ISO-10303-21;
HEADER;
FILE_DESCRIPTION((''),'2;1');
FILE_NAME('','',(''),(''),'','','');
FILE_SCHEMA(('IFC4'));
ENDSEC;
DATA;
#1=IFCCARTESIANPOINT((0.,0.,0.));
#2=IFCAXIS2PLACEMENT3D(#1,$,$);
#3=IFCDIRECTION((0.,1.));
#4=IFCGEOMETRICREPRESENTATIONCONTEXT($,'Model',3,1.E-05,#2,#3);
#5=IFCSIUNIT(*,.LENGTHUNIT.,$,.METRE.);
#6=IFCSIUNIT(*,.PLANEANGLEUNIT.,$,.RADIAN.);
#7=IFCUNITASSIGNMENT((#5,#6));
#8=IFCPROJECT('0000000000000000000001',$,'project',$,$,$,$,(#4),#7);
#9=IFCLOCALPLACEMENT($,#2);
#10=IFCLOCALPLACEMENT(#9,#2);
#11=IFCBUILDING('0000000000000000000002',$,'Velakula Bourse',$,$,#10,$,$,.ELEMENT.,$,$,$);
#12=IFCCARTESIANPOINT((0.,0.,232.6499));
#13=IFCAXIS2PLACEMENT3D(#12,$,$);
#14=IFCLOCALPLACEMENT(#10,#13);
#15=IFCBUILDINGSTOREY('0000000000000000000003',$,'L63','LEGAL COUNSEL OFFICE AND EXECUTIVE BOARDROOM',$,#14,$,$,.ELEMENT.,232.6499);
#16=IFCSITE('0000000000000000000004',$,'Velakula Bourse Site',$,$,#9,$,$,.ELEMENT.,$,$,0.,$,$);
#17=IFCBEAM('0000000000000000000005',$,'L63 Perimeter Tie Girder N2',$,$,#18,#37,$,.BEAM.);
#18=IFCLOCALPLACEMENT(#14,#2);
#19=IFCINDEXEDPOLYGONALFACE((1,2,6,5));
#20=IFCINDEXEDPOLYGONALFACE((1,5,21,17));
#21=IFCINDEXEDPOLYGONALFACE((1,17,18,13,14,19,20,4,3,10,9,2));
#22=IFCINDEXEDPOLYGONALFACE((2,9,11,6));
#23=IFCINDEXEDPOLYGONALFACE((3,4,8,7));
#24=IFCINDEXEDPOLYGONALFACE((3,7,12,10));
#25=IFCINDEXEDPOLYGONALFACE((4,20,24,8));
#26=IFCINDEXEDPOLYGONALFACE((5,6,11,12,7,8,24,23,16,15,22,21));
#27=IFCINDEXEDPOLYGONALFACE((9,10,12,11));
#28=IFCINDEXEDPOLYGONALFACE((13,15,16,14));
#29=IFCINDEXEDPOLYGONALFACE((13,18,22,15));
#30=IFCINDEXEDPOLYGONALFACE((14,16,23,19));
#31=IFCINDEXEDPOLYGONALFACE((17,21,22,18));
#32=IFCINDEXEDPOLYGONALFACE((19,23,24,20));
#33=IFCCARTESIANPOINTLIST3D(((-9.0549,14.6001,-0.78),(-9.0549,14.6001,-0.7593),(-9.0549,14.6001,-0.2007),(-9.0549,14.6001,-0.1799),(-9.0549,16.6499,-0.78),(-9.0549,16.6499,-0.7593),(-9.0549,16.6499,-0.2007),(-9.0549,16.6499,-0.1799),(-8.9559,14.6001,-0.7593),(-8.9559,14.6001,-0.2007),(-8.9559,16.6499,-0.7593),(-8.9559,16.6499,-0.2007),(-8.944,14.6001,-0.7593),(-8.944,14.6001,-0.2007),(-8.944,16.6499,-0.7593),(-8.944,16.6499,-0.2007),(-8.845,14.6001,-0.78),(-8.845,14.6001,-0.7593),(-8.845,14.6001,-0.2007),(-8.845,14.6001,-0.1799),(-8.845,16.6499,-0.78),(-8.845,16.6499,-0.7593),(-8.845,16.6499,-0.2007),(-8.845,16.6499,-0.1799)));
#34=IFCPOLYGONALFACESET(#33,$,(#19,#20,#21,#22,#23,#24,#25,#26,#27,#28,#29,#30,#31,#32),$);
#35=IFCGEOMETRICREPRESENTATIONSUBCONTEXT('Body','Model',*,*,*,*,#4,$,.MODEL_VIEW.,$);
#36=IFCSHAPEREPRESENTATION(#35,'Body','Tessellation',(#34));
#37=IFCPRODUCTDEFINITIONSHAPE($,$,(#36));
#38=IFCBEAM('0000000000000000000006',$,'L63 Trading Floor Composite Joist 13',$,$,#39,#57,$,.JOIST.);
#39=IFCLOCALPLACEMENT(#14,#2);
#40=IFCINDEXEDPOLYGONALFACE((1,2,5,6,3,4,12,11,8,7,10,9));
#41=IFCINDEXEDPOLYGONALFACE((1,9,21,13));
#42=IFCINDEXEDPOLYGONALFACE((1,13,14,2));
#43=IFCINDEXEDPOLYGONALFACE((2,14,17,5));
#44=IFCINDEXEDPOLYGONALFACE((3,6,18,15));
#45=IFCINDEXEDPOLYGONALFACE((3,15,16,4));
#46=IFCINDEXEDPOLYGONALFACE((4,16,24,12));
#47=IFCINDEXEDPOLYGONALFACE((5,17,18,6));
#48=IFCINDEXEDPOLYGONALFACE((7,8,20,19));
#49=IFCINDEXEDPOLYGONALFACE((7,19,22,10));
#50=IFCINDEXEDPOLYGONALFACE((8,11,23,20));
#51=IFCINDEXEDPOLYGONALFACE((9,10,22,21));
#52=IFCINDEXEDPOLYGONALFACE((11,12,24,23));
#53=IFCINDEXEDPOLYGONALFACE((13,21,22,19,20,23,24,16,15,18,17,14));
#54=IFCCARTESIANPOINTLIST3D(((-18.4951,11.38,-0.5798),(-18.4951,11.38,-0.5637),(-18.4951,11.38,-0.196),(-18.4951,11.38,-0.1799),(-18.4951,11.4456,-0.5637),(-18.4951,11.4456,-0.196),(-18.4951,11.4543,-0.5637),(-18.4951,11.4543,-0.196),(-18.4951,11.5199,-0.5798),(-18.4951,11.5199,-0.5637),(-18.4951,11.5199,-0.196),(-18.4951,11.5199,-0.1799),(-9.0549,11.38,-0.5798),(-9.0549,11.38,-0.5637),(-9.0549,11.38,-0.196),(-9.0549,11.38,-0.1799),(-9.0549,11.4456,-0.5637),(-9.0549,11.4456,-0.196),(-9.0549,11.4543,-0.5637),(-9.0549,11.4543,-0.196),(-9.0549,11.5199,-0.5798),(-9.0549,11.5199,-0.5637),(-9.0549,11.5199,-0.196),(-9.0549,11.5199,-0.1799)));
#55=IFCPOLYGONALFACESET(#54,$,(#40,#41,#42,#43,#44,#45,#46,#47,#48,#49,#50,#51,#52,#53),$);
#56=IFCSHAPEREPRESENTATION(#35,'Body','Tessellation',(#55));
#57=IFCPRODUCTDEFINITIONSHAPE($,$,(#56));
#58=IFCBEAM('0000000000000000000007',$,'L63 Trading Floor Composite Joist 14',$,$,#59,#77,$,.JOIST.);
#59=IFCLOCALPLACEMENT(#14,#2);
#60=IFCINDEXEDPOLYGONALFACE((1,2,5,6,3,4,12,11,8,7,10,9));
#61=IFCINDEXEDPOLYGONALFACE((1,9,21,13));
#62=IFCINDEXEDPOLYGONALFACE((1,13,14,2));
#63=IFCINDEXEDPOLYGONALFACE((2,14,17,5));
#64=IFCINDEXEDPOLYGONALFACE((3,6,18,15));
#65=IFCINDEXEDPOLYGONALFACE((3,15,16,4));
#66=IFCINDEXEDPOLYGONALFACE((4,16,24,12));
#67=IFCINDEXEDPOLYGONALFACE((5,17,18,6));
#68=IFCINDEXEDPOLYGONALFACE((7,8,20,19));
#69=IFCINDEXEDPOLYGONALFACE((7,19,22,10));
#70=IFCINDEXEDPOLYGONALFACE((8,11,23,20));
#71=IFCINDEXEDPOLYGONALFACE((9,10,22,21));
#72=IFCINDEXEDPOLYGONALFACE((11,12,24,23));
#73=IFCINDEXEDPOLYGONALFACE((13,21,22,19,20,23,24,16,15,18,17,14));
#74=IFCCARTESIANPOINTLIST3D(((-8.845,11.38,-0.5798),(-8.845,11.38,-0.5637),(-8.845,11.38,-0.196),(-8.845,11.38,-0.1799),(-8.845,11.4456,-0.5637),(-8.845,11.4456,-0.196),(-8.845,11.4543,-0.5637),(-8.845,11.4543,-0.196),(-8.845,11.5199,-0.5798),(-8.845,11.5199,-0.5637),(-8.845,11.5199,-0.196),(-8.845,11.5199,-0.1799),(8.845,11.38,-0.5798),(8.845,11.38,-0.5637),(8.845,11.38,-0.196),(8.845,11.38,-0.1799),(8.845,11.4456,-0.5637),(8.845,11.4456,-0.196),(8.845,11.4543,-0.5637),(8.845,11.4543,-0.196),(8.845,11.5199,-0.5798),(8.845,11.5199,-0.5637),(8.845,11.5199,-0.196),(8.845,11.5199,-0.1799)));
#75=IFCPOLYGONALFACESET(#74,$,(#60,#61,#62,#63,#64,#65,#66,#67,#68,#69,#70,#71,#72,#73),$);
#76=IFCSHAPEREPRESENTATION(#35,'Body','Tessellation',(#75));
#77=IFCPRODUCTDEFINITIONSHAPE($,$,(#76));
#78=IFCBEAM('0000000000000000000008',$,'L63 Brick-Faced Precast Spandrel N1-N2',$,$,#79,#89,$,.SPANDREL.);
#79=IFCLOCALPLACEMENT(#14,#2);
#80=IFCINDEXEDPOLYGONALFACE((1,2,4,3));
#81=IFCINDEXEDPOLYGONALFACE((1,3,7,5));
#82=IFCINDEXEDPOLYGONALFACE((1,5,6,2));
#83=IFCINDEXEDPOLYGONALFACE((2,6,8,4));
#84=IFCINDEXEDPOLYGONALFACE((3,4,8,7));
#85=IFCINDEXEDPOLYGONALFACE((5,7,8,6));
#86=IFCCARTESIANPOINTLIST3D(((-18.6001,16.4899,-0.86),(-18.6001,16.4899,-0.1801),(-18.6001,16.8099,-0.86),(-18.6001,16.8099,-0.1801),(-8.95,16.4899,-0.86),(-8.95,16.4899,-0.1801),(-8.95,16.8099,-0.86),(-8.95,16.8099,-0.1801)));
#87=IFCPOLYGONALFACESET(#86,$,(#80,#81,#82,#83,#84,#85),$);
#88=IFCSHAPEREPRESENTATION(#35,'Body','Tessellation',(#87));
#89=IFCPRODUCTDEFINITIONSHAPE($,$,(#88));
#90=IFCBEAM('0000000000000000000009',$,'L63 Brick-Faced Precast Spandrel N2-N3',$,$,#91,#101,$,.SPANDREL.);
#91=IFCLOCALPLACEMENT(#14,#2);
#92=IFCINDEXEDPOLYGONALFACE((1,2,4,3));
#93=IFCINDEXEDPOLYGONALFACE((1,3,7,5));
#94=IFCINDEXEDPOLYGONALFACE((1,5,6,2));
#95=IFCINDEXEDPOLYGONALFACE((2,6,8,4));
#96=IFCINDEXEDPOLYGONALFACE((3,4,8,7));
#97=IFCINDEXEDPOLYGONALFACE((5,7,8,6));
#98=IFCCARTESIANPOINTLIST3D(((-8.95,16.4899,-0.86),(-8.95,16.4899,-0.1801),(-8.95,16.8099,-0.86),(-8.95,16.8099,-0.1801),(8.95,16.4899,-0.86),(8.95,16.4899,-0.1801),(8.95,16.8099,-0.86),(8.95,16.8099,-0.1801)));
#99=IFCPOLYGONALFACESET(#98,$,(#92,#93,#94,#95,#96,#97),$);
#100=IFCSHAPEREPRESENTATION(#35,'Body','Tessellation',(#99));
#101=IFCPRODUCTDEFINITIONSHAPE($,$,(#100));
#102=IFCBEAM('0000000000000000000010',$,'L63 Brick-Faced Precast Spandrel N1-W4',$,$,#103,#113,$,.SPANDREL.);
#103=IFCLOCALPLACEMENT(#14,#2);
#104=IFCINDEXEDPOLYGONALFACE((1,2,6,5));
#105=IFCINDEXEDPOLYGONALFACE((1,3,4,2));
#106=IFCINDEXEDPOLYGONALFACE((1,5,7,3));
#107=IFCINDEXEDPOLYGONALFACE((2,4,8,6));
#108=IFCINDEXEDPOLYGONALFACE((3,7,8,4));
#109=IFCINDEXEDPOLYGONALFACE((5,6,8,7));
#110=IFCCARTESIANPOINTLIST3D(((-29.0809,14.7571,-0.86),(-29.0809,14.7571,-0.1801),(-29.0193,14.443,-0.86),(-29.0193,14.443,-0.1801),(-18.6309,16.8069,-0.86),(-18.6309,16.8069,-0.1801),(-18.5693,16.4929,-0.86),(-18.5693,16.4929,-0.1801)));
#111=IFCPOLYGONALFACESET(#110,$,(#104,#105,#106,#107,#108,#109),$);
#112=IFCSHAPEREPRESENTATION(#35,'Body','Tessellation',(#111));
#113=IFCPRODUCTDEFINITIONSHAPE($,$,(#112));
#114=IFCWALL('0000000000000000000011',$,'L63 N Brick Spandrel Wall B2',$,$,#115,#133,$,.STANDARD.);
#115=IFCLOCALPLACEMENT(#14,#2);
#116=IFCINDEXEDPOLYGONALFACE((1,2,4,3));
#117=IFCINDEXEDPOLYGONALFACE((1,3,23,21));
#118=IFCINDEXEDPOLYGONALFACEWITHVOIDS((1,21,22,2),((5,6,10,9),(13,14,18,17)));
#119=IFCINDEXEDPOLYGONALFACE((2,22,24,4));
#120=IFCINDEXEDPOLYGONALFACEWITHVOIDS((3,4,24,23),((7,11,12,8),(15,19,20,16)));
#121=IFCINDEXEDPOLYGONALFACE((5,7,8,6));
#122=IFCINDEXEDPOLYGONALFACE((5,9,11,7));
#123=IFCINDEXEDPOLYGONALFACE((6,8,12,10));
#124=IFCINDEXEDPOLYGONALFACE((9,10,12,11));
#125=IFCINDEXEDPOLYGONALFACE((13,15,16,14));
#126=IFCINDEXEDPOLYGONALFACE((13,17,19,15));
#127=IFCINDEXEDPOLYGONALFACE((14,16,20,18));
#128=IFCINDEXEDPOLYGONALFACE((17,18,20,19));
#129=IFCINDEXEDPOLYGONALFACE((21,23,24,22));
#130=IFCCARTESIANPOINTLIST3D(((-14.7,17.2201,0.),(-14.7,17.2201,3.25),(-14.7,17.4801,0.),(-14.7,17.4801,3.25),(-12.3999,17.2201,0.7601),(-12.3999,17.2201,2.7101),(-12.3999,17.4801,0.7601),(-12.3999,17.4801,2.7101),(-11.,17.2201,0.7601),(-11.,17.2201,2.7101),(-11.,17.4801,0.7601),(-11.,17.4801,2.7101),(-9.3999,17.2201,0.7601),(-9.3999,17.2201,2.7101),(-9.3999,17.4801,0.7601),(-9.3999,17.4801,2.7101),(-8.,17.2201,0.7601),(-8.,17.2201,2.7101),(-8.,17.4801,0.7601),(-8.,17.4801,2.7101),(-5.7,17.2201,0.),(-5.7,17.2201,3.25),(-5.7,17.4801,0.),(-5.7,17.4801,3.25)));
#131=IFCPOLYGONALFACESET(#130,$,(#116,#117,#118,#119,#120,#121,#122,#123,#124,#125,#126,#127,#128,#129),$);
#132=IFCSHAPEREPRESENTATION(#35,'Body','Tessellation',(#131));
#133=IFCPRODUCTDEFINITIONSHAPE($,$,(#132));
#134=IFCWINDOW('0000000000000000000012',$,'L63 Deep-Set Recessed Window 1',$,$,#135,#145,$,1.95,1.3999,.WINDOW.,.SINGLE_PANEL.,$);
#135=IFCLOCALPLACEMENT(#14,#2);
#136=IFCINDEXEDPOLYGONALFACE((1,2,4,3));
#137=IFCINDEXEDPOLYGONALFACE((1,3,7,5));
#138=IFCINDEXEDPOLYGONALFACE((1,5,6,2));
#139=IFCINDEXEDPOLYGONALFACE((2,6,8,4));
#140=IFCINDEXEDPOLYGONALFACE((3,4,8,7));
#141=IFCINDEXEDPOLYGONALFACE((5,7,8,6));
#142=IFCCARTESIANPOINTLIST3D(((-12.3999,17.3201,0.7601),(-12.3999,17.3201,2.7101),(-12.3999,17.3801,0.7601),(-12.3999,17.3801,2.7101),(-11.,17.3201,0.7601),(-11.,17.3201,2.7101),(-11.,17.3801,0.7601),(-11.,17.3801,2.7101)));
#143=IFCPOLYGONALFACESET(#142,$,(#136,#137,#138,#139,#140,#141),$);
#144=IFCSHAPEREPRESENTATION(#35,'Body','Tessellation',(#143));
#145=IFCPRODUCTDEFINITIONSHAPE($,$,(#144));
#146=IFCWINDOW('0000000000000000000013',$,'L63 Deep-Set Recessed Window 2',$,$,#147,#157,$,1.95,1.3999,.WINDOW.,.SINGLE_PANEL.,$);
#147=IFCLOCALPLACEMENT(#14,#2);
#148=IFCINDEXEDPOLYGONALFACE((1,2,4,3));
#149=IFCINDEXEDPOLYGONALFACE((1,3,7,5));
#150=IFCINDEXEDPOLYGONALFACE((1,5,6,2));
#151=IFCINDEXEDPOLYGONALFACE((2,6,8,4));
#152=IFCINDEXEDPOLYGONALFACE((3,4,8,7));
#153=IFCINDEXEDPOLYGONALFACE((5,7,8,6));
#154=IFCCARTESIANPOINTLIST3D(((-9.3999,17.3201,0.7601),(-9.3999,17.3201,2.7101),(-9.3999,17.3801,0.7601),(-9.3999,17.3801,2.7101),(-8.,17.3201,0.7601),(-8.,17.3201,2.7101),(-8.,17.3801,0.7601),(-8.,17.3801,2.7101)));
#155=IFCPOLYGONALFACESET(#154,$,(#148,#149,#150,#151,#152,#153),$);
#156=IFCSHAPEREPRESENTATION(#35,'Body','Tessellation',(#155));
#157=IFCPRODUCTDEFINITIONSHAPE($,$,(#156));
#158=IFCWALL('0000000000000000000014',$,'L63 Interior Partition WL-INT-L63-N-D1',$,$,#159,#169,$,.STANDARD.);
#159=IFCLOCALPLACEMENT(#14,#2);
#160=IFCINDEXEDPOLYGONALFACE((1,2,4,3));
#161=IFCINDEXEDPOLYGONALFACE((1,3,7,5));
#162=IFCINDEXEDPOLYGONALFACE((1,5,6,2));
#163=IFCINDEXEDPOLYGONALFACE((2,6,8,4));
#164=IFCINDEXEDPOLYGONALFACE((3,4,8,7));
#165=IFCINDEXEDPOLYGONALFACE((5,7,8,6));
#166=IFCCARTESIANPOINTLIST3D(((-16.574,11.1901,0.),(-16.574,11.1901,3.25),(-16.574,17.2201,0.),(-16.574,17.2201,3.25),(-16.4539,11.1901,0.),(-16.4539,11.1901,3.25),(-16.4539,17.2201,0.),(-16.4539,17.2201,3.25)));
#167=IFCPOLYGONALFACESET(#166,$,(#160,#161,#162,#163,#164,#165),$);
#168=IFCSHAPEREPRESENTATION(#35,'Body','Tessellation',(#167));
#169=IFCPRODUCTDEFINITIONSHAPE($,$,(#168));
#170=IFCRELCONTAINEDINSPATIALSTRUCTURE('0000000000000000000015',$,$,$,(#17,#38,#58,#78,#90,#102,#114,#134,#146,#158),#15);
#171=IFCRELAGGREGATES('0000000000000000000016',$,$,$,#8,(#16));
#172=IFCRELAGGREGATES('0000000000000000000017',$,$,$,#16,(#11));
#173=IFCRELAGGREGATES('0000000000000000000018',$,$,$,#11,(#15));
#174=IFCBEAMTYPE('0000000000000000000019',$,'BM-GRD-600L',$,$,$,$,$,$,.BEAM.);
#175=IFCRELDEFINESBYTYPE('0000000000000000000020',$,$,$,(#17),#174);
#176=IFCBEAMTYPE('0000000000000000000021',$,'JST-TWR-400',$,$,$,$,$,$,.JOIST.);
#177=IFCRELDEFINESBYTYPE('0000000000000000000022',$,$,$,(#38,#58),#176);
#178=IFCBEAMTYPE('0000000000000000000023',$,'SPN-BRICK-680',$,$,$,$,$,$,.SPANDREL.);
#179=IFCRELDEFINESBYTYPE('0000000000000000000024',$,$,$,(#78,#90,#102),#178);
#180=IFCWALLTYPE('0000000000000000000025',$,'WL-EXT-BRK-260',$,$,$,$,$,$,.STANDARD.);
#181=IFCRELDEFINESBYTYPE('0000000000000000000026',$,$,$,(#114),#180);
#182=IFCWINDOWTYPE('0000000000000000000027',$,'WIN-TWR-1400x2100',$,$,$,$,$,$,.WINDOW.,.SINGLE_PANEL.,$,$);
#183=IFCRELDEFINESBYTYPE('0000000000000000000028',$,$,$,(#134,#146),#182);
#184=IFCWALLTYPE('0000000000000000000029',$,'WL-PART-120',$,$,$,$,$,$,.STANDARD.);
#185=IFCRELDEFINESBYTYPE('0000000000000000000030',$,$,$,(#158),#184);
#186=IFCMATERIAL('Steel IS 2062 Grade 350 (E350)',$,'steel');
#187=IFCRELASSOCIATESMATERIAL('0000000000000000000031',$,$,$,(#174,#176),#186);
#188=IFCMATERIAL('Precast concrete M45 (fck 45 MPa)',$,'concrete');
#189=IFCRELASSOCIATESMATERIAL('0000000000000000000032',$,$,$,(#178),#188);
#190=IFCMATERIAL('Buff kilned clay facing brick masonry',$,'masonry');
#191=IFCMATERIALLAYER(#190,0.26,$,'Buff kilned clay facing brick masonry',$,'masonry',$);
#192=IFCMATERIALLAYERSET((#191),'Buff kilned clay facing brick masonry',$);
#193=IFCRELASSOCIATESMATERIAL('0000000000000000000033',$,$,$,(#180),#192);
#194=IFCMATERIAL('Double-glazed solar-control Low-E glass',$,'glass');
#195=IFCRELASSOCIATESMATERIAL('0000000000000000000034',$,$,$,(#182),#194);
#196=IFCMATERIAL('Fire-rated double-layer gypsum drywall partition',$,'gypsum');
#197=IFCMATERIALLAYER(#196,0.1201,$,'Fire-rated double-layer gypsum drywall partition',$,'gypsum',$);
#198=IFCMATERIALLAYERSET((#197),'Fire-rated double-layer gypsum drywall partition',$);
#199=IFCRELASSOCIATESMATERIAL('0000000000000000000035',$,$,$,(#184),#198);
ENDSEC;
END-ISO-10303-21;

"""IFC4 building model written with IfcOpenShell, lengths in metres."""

from ifc_helpers import new_model, si_unit, direction, frame, frame_2d, origin, origin_2d, place, context, subcontext, project, spatial, rectangle, i_section, extrude, material, layer, layer_set, material_profile, profile_set, type_object, element, fill, save


model = new_model("IFC4")

# Units and contexts
model_context = context("Model", 3, precision=1e-05, world=origin(), true_north=direction((0.0, 1.0)))
body_context = subcontext(model_context, "Body", "Model", "MODEL_VIEW")
ifc_project = project(units=[si_unit("LENGTHUNIT", "METRE"), si_unit("PLANEANGLEUNIT", "RADIAN")], contexts=[model_context])

# Site, building, storey
site_placement = place(None, origin())
site = spatial("IfcSite", under=ifc_project, at=site_placement, Name="Velakula Bourse Site", CompositionType="ELEMENT", RefElevation=0.0)
building_placement = place(site_placement, origin())
building = spatial("IfcBuilding", under=site, at=building_placement, Name="Velakula Bourse", CompositionType="ELEMENT")
storey_placement = place(building_placement, frame((0.0, 0.0, 232.6499)))
storey = spatial("IfcBuildingStorey", under=building, at=storey_placement, Name="L63", Description="LEGAL COUNSEL OFFICE AND EXECUTIVE BOARDROOM", CompositionType="ELEMENT", Elevation=232.6499)

# Shared definitions
ifc_material_1 = material(Name="Steel IS 2062 Grade 350 (E350)", Category="steel")

# Beams
ifc_material_profile_1 = material_profile(ifc_material_1, i_section(OverallWidth=0.21, OverallDepth=0.6001, WebThickness=0.012, FlangeThickness=0.0208, at=origin_2d()), Name="Steel IS 2062 Grade 350 (E350)")
ifc_profile_set_1 = profile_set([ifc_material_profile_1], Name="Steel IS 2062 Grade 350 (E350)")
beam_type_1 = type_object("IfcBeamType", Name="BM-GRD-600L", PredefinedType="BEAM", material=ifc_profile_set_1)
for number, where, z_axis, x_axis, name in (
    (1, (-8.95, 14.6001, -0.48), (0.0, 1.0, 0.0), (-1.0, 0.0, 0.0), "L63 Perimeter Tie Girder N2"),
):
    element("IfcBeam", number, at=place(storey_placement, frame(where, z_axis=z_axis, x_axis=x_axis)), inside=storey, type_object=beam_type_1, Name=name, PredefinedType="BEAM", context=body_context, shape_type="SweptSolid", body=[
        extrude(i_section(OverallWidth=0.21, OverallDepth=0.6001, WebThickness=0.012, FlangeThickness=0.0208, at=origin_2d()), origin(), (0.0, 0.0, 1.0), 2.0498),
    ])
ifc_material_profile_2 = material_profile(ifc_material_1, i_section(OverallWidth=0.1399, OverallDepth=0.3999, WebThickness=0.0088, FlangeThickness=0.0161, at=origin_2d()), Name="Steel IS 2062 Grade 350 (E350)")
ifc_profile_set_2 = profile_set([ifc_material_profile_2], Name="Steel IS 2062 Grade 350 (E350)")
beam_type_2 = type_object("IfcBeamType", Name="JST-TWR-400", PredefinedType="JOIST", material=ifc_profile_set_2)
beam_1_placement = place(storey_placement, frame((-18.4951, 11.45, -0.3799), z_axis=(1.0, 0.0, 0.0), x_axis=(0.0, 1.0, 0.0)))
element("IfcBeam", 2, at=beam_1_placement, inside=storey, type_object=beam_type_2, Name="L63 Trading Floor Composite Joist 13", PredefinedType="JOIST", context=body_context, shape_type="SweptSolid", body=[
    extrude(i_section(OverallWidth=0.1399, OverallDepth=0.3999, WebThickness=0.0088, FlangeThickness=0.0161, at=origin_2d()), origin(), (0.0, 0.0, 1.0), 9.4402),
])
beam_2_placement = place(storey_placement, frame((-8.845, 11.45, -0.3799), z_axis=(1.0, 0.0, 0.0), x_axis=(0.0, 1.0, 0.0)))
element("IfcBeam", 3, at=beam_2_placement, inside=storey, type_object=beam_type_2, Name="L63 Trading Floor Composite Joist 14", PredefinedType="JOIST", context=body_context, shape_type="SweptSolid", body=[
    extrude(i_section(OverallWidth=0.1399, OverallDepth=0.3999, WebThickness=0.0088, FlangeThickness=0.0161, at=origin_2d()), origin(), (0.0, 0.0, 1.0), 17.6899),
])
ifc_material_2 = material(Name="Precast concrete M45 (fck 45 MPa)", Category="concrete")
ifc_material_profile_3 = material_profile(ifc_material_2, rectangle(XDim=0.3201, YDim=0.6799, at=origin_2d()), Name="Precast concrete M45 (fck 45 MPa)")
ifc_profile_set_3 = profile_set([ifc_material_profile_3], Name="Precast concrete M45 (fck 45 MPa)")
beam_type_3 = type_object("IfcBeamType", Name="SPN-BRICK-680", PredefinedType="SPANDREL", material=ifc_profile_set_3)
beam_3_placement = place(storey_placement, frame((-18.6001, 16.6499, -0.52), z_axis=(1.0, 0.0, 0.0), x_axis=(0.0, 1.0, 0.0)))
element("IfcBeam", 4, at=beam_3_placement, inside=storey, type_object=beam_type_3, Name="L63 Brick-Faced Precast Spandrel N1-N2", PredefinedType="SPANDREL", context=body_context, shape_type="SweptSolid", body=[
    extrude(rectangle(XDim=0.3201, YDim=0.6799, at=origin_2d()), origin(), (0.0, 0.0, 1.0), 9.6501),
])
beam_4_placement = place(storey_placement, frame((-8.95, 16.6499, -0.52), z_axis=(1.0, 0.0, 0.0), x_axis=(0.0, 1.0, 0.0)))
element("IfcBeam", 5, at=beam_4_placement, inside=storey, type_object=beam_type_3, Name="L63 Brick-Faced Precast Spandrel N2-N3", PredefinedType="SPANDREL", context=body_context, shape_type="SweptSolid", body=[
    extrude(rectangle(XDim=0.3201, YDim=0.6799, at=origin_2d()), origin(), (0.0, 0.0, 1.0), 17.8999),
])
beam_5_placement = place(storey_placement, frame((-18.6001, 16.6499, -0.52), z_axis=(-0.9813, -0.192486, 0.0), x_axis=(0.192486, -0.9813, 0.0)))
element("IfcBeam", 6, at=beam_5_placement, inside=storey, type_object=beam_type_3, Name="L63 Brick-Faced Precast Spandrel N1-W4", PredefinedType="SPANDREL", context=body_context, shape_type="SweptSolid", body=[
    extrude(rectangle(XDim=0.3201, YDim=0.6799, at=origin_2d()), origin(), (0.0, 0.0, 1.0), 10.6492),
])

# Wall, openings, windows
ifc_material_3 = material(Name="Buff kilned clay facing brick masonry", Category="masonry")
ifc_layer_1 = layer(ifc_material_3, 0.26, Name="Buff kilned clay facing brick masonry", Category="masonry")
ifc_layer_set_1 = layer_set([ifc_layer_1], Name="Buff kilned clay facing brick masonry")
wall_type_1 = type_object("IfcWallType", Name="WL-EXT-BRK-260", PredefinedType="STANDARD", material=ifc_layer_set_1)
wall_1_placement = place(storey_placement, frame((-14.7, 17.3501, 0.0), z_axis=(0.0, 0.0, 1.0), x_axis=(1.0, 0.0, 0.0)))
wall_1 = element("IfcWall", 7, at=wall_1_placement, inside=storey, type_object=wall_type_1, Name="L63 N Brick Spandrel Wall B2", PredefinedType="STANDARD", context=body_context, shape_type="SweptSolid", body=[
    extrude(rectangle(XDim=9.0, YDim=0.26, at=frame_2d((4.5, 0.0))), origin(), (0.0, 0.0, 1.0), 3.25),
])
opening_1_placement = place(wall_1_placement, frame((2.3, 0.0, 0.76)))
opening_1 = element("IfcOpeningElement", 8, at=opening_1_placement, cuts=wall_1, PredefinedType="OPENING", context=body_context, shape_type="SweptSolid", body=[
    extrude(rectangle(XDim=1.3999, YDim=1.95, at=frame_2d((0.7, 0.9751))), frame((0.0, 0.1399, 0.0), z_axis=(0.0, -1.0, 0.0), x_axis=(1.0, 0.0, 0.0)), (0.0, 0.0, 1.0), 0.28),
])
opening_2_placement = place(wall_1_placement, frame((5.3, 0.0, 0.76)))
opening_2 = element("IfcOpeningElement", 9, at=opening_2_placement, cuts=wall_1, PredefinedType="OPENING", context=body_context, shape_type="SweptSolid", body=[
    extrude(rectangle(XDim=1.3999, YDim=1.95, at=frame_2d((0.7, 0.9751))), frame((0.0, 0.1399, 0.0), z_axis=(0.0, -1.0, 0.0), x_axis=(1.0, 0.0, 0.0)), (0.0, 0.0, 1.0), 0.28),
])
ifc_material_4 = material(Name="Double-glazed solar-control Low-E glass", Category="glass")
window_type = type_object("IfcWindowType", Name="WIN-TWR-1400x2100", PartitioningType="SINGLE_PANEL", PredefinedType="WINDOW", material=ifc_material_4)
window_1_placement = place(opening_1_placement, origin())
window_1 = element("IfcWindow", 10, at=window_1_placement, inside=storey, type_object=window_type, Name="L63 Deep-Set Recessed Window 1", OverallHeight=1.95, OverallWidth=1.3999, PartitioningType="SINGLE_PANEL", PredefinedType="WINDOW", context=body_context, shape_type="SweptSolid", body=[
    extrude(rectangle(XDim=1.3999, YDim=1.95, at=frame_2d((0.7, 0.9751))), frame((0.0, 0.03, 0.0), z_axis=(0.0, -1.0, 0.0), x_axis=(1.0, 0.0, 0.0)), (0.0, 0.0, 1.0), 0.0601),
])
fill(opening_1, window_1)
window_2_placement = place(opening_2_placement, origin())
window_2 = element("IfcWindow", 11, at=window_2_placement, inside=storey, type_object=window_type, Name="L63 Deep-Set Recessed Window 2", OverallHeight=1.95, OverallWidth=1.3999, PartitioningType="SINGLE_PANEL", PredefinedType="WINDOW", context=body_context, shape_type="SweptSolid", body=[
    extrude(rectangle(XDim=1.3999, YDim=1.95, at=frame_2d((0.7, 0.9751))), frame((0.0, 0.03, 0.0), z_axis=(0.0, -1.0, 0.0), x_axis=(1.0, 0.0, 0.0)), (0.0, 0.0, 1.0), 0.0601),
])
fill(opening_2, window_2)

# Wall
ifc_material_5 = material(Name="Fire-rated double-layer gypsum drywall partition", Category="gypsum")
ifc_layer_2 = layer(ifc_material_5, 0.1201, Name="Fire-rated double-layer gypsum drywall partition", Category="gypsum")
ifc_layer_set_2 = layer_set([ifc_layer_2], Name="Fire-rated double-layer gypsum drywall partition")
wall_type_2 = type_object("IfcWallType", Name="WL-PART-120", PredefinedType="STANDARD", material=ifc_layer_set_2)
wall_2_placement = place(storey_placement, frame((-16.5139, 11.1899, 0.0), z_axis=(0.0, 0.0, 1.0), x_axis=(0.0, 1.0, 0.0)))
element("IfcWall", 12, at=wall_2_placement, inside=storey, type_object=wall_type_2, Name="L63 Interior Partition WL-INT-L63-N-D1", PredefinedType="STANDARD", context=body_context, shape_type="SweptSolid", body=[
    extrude(rectangle(XDim=6.03, YDim=0.1201, at=frame_2d((3.0151, 0.0))), origin(), (0.0, 0.0, 1.0), 3.25),
])

save(model, "model.ifc")
